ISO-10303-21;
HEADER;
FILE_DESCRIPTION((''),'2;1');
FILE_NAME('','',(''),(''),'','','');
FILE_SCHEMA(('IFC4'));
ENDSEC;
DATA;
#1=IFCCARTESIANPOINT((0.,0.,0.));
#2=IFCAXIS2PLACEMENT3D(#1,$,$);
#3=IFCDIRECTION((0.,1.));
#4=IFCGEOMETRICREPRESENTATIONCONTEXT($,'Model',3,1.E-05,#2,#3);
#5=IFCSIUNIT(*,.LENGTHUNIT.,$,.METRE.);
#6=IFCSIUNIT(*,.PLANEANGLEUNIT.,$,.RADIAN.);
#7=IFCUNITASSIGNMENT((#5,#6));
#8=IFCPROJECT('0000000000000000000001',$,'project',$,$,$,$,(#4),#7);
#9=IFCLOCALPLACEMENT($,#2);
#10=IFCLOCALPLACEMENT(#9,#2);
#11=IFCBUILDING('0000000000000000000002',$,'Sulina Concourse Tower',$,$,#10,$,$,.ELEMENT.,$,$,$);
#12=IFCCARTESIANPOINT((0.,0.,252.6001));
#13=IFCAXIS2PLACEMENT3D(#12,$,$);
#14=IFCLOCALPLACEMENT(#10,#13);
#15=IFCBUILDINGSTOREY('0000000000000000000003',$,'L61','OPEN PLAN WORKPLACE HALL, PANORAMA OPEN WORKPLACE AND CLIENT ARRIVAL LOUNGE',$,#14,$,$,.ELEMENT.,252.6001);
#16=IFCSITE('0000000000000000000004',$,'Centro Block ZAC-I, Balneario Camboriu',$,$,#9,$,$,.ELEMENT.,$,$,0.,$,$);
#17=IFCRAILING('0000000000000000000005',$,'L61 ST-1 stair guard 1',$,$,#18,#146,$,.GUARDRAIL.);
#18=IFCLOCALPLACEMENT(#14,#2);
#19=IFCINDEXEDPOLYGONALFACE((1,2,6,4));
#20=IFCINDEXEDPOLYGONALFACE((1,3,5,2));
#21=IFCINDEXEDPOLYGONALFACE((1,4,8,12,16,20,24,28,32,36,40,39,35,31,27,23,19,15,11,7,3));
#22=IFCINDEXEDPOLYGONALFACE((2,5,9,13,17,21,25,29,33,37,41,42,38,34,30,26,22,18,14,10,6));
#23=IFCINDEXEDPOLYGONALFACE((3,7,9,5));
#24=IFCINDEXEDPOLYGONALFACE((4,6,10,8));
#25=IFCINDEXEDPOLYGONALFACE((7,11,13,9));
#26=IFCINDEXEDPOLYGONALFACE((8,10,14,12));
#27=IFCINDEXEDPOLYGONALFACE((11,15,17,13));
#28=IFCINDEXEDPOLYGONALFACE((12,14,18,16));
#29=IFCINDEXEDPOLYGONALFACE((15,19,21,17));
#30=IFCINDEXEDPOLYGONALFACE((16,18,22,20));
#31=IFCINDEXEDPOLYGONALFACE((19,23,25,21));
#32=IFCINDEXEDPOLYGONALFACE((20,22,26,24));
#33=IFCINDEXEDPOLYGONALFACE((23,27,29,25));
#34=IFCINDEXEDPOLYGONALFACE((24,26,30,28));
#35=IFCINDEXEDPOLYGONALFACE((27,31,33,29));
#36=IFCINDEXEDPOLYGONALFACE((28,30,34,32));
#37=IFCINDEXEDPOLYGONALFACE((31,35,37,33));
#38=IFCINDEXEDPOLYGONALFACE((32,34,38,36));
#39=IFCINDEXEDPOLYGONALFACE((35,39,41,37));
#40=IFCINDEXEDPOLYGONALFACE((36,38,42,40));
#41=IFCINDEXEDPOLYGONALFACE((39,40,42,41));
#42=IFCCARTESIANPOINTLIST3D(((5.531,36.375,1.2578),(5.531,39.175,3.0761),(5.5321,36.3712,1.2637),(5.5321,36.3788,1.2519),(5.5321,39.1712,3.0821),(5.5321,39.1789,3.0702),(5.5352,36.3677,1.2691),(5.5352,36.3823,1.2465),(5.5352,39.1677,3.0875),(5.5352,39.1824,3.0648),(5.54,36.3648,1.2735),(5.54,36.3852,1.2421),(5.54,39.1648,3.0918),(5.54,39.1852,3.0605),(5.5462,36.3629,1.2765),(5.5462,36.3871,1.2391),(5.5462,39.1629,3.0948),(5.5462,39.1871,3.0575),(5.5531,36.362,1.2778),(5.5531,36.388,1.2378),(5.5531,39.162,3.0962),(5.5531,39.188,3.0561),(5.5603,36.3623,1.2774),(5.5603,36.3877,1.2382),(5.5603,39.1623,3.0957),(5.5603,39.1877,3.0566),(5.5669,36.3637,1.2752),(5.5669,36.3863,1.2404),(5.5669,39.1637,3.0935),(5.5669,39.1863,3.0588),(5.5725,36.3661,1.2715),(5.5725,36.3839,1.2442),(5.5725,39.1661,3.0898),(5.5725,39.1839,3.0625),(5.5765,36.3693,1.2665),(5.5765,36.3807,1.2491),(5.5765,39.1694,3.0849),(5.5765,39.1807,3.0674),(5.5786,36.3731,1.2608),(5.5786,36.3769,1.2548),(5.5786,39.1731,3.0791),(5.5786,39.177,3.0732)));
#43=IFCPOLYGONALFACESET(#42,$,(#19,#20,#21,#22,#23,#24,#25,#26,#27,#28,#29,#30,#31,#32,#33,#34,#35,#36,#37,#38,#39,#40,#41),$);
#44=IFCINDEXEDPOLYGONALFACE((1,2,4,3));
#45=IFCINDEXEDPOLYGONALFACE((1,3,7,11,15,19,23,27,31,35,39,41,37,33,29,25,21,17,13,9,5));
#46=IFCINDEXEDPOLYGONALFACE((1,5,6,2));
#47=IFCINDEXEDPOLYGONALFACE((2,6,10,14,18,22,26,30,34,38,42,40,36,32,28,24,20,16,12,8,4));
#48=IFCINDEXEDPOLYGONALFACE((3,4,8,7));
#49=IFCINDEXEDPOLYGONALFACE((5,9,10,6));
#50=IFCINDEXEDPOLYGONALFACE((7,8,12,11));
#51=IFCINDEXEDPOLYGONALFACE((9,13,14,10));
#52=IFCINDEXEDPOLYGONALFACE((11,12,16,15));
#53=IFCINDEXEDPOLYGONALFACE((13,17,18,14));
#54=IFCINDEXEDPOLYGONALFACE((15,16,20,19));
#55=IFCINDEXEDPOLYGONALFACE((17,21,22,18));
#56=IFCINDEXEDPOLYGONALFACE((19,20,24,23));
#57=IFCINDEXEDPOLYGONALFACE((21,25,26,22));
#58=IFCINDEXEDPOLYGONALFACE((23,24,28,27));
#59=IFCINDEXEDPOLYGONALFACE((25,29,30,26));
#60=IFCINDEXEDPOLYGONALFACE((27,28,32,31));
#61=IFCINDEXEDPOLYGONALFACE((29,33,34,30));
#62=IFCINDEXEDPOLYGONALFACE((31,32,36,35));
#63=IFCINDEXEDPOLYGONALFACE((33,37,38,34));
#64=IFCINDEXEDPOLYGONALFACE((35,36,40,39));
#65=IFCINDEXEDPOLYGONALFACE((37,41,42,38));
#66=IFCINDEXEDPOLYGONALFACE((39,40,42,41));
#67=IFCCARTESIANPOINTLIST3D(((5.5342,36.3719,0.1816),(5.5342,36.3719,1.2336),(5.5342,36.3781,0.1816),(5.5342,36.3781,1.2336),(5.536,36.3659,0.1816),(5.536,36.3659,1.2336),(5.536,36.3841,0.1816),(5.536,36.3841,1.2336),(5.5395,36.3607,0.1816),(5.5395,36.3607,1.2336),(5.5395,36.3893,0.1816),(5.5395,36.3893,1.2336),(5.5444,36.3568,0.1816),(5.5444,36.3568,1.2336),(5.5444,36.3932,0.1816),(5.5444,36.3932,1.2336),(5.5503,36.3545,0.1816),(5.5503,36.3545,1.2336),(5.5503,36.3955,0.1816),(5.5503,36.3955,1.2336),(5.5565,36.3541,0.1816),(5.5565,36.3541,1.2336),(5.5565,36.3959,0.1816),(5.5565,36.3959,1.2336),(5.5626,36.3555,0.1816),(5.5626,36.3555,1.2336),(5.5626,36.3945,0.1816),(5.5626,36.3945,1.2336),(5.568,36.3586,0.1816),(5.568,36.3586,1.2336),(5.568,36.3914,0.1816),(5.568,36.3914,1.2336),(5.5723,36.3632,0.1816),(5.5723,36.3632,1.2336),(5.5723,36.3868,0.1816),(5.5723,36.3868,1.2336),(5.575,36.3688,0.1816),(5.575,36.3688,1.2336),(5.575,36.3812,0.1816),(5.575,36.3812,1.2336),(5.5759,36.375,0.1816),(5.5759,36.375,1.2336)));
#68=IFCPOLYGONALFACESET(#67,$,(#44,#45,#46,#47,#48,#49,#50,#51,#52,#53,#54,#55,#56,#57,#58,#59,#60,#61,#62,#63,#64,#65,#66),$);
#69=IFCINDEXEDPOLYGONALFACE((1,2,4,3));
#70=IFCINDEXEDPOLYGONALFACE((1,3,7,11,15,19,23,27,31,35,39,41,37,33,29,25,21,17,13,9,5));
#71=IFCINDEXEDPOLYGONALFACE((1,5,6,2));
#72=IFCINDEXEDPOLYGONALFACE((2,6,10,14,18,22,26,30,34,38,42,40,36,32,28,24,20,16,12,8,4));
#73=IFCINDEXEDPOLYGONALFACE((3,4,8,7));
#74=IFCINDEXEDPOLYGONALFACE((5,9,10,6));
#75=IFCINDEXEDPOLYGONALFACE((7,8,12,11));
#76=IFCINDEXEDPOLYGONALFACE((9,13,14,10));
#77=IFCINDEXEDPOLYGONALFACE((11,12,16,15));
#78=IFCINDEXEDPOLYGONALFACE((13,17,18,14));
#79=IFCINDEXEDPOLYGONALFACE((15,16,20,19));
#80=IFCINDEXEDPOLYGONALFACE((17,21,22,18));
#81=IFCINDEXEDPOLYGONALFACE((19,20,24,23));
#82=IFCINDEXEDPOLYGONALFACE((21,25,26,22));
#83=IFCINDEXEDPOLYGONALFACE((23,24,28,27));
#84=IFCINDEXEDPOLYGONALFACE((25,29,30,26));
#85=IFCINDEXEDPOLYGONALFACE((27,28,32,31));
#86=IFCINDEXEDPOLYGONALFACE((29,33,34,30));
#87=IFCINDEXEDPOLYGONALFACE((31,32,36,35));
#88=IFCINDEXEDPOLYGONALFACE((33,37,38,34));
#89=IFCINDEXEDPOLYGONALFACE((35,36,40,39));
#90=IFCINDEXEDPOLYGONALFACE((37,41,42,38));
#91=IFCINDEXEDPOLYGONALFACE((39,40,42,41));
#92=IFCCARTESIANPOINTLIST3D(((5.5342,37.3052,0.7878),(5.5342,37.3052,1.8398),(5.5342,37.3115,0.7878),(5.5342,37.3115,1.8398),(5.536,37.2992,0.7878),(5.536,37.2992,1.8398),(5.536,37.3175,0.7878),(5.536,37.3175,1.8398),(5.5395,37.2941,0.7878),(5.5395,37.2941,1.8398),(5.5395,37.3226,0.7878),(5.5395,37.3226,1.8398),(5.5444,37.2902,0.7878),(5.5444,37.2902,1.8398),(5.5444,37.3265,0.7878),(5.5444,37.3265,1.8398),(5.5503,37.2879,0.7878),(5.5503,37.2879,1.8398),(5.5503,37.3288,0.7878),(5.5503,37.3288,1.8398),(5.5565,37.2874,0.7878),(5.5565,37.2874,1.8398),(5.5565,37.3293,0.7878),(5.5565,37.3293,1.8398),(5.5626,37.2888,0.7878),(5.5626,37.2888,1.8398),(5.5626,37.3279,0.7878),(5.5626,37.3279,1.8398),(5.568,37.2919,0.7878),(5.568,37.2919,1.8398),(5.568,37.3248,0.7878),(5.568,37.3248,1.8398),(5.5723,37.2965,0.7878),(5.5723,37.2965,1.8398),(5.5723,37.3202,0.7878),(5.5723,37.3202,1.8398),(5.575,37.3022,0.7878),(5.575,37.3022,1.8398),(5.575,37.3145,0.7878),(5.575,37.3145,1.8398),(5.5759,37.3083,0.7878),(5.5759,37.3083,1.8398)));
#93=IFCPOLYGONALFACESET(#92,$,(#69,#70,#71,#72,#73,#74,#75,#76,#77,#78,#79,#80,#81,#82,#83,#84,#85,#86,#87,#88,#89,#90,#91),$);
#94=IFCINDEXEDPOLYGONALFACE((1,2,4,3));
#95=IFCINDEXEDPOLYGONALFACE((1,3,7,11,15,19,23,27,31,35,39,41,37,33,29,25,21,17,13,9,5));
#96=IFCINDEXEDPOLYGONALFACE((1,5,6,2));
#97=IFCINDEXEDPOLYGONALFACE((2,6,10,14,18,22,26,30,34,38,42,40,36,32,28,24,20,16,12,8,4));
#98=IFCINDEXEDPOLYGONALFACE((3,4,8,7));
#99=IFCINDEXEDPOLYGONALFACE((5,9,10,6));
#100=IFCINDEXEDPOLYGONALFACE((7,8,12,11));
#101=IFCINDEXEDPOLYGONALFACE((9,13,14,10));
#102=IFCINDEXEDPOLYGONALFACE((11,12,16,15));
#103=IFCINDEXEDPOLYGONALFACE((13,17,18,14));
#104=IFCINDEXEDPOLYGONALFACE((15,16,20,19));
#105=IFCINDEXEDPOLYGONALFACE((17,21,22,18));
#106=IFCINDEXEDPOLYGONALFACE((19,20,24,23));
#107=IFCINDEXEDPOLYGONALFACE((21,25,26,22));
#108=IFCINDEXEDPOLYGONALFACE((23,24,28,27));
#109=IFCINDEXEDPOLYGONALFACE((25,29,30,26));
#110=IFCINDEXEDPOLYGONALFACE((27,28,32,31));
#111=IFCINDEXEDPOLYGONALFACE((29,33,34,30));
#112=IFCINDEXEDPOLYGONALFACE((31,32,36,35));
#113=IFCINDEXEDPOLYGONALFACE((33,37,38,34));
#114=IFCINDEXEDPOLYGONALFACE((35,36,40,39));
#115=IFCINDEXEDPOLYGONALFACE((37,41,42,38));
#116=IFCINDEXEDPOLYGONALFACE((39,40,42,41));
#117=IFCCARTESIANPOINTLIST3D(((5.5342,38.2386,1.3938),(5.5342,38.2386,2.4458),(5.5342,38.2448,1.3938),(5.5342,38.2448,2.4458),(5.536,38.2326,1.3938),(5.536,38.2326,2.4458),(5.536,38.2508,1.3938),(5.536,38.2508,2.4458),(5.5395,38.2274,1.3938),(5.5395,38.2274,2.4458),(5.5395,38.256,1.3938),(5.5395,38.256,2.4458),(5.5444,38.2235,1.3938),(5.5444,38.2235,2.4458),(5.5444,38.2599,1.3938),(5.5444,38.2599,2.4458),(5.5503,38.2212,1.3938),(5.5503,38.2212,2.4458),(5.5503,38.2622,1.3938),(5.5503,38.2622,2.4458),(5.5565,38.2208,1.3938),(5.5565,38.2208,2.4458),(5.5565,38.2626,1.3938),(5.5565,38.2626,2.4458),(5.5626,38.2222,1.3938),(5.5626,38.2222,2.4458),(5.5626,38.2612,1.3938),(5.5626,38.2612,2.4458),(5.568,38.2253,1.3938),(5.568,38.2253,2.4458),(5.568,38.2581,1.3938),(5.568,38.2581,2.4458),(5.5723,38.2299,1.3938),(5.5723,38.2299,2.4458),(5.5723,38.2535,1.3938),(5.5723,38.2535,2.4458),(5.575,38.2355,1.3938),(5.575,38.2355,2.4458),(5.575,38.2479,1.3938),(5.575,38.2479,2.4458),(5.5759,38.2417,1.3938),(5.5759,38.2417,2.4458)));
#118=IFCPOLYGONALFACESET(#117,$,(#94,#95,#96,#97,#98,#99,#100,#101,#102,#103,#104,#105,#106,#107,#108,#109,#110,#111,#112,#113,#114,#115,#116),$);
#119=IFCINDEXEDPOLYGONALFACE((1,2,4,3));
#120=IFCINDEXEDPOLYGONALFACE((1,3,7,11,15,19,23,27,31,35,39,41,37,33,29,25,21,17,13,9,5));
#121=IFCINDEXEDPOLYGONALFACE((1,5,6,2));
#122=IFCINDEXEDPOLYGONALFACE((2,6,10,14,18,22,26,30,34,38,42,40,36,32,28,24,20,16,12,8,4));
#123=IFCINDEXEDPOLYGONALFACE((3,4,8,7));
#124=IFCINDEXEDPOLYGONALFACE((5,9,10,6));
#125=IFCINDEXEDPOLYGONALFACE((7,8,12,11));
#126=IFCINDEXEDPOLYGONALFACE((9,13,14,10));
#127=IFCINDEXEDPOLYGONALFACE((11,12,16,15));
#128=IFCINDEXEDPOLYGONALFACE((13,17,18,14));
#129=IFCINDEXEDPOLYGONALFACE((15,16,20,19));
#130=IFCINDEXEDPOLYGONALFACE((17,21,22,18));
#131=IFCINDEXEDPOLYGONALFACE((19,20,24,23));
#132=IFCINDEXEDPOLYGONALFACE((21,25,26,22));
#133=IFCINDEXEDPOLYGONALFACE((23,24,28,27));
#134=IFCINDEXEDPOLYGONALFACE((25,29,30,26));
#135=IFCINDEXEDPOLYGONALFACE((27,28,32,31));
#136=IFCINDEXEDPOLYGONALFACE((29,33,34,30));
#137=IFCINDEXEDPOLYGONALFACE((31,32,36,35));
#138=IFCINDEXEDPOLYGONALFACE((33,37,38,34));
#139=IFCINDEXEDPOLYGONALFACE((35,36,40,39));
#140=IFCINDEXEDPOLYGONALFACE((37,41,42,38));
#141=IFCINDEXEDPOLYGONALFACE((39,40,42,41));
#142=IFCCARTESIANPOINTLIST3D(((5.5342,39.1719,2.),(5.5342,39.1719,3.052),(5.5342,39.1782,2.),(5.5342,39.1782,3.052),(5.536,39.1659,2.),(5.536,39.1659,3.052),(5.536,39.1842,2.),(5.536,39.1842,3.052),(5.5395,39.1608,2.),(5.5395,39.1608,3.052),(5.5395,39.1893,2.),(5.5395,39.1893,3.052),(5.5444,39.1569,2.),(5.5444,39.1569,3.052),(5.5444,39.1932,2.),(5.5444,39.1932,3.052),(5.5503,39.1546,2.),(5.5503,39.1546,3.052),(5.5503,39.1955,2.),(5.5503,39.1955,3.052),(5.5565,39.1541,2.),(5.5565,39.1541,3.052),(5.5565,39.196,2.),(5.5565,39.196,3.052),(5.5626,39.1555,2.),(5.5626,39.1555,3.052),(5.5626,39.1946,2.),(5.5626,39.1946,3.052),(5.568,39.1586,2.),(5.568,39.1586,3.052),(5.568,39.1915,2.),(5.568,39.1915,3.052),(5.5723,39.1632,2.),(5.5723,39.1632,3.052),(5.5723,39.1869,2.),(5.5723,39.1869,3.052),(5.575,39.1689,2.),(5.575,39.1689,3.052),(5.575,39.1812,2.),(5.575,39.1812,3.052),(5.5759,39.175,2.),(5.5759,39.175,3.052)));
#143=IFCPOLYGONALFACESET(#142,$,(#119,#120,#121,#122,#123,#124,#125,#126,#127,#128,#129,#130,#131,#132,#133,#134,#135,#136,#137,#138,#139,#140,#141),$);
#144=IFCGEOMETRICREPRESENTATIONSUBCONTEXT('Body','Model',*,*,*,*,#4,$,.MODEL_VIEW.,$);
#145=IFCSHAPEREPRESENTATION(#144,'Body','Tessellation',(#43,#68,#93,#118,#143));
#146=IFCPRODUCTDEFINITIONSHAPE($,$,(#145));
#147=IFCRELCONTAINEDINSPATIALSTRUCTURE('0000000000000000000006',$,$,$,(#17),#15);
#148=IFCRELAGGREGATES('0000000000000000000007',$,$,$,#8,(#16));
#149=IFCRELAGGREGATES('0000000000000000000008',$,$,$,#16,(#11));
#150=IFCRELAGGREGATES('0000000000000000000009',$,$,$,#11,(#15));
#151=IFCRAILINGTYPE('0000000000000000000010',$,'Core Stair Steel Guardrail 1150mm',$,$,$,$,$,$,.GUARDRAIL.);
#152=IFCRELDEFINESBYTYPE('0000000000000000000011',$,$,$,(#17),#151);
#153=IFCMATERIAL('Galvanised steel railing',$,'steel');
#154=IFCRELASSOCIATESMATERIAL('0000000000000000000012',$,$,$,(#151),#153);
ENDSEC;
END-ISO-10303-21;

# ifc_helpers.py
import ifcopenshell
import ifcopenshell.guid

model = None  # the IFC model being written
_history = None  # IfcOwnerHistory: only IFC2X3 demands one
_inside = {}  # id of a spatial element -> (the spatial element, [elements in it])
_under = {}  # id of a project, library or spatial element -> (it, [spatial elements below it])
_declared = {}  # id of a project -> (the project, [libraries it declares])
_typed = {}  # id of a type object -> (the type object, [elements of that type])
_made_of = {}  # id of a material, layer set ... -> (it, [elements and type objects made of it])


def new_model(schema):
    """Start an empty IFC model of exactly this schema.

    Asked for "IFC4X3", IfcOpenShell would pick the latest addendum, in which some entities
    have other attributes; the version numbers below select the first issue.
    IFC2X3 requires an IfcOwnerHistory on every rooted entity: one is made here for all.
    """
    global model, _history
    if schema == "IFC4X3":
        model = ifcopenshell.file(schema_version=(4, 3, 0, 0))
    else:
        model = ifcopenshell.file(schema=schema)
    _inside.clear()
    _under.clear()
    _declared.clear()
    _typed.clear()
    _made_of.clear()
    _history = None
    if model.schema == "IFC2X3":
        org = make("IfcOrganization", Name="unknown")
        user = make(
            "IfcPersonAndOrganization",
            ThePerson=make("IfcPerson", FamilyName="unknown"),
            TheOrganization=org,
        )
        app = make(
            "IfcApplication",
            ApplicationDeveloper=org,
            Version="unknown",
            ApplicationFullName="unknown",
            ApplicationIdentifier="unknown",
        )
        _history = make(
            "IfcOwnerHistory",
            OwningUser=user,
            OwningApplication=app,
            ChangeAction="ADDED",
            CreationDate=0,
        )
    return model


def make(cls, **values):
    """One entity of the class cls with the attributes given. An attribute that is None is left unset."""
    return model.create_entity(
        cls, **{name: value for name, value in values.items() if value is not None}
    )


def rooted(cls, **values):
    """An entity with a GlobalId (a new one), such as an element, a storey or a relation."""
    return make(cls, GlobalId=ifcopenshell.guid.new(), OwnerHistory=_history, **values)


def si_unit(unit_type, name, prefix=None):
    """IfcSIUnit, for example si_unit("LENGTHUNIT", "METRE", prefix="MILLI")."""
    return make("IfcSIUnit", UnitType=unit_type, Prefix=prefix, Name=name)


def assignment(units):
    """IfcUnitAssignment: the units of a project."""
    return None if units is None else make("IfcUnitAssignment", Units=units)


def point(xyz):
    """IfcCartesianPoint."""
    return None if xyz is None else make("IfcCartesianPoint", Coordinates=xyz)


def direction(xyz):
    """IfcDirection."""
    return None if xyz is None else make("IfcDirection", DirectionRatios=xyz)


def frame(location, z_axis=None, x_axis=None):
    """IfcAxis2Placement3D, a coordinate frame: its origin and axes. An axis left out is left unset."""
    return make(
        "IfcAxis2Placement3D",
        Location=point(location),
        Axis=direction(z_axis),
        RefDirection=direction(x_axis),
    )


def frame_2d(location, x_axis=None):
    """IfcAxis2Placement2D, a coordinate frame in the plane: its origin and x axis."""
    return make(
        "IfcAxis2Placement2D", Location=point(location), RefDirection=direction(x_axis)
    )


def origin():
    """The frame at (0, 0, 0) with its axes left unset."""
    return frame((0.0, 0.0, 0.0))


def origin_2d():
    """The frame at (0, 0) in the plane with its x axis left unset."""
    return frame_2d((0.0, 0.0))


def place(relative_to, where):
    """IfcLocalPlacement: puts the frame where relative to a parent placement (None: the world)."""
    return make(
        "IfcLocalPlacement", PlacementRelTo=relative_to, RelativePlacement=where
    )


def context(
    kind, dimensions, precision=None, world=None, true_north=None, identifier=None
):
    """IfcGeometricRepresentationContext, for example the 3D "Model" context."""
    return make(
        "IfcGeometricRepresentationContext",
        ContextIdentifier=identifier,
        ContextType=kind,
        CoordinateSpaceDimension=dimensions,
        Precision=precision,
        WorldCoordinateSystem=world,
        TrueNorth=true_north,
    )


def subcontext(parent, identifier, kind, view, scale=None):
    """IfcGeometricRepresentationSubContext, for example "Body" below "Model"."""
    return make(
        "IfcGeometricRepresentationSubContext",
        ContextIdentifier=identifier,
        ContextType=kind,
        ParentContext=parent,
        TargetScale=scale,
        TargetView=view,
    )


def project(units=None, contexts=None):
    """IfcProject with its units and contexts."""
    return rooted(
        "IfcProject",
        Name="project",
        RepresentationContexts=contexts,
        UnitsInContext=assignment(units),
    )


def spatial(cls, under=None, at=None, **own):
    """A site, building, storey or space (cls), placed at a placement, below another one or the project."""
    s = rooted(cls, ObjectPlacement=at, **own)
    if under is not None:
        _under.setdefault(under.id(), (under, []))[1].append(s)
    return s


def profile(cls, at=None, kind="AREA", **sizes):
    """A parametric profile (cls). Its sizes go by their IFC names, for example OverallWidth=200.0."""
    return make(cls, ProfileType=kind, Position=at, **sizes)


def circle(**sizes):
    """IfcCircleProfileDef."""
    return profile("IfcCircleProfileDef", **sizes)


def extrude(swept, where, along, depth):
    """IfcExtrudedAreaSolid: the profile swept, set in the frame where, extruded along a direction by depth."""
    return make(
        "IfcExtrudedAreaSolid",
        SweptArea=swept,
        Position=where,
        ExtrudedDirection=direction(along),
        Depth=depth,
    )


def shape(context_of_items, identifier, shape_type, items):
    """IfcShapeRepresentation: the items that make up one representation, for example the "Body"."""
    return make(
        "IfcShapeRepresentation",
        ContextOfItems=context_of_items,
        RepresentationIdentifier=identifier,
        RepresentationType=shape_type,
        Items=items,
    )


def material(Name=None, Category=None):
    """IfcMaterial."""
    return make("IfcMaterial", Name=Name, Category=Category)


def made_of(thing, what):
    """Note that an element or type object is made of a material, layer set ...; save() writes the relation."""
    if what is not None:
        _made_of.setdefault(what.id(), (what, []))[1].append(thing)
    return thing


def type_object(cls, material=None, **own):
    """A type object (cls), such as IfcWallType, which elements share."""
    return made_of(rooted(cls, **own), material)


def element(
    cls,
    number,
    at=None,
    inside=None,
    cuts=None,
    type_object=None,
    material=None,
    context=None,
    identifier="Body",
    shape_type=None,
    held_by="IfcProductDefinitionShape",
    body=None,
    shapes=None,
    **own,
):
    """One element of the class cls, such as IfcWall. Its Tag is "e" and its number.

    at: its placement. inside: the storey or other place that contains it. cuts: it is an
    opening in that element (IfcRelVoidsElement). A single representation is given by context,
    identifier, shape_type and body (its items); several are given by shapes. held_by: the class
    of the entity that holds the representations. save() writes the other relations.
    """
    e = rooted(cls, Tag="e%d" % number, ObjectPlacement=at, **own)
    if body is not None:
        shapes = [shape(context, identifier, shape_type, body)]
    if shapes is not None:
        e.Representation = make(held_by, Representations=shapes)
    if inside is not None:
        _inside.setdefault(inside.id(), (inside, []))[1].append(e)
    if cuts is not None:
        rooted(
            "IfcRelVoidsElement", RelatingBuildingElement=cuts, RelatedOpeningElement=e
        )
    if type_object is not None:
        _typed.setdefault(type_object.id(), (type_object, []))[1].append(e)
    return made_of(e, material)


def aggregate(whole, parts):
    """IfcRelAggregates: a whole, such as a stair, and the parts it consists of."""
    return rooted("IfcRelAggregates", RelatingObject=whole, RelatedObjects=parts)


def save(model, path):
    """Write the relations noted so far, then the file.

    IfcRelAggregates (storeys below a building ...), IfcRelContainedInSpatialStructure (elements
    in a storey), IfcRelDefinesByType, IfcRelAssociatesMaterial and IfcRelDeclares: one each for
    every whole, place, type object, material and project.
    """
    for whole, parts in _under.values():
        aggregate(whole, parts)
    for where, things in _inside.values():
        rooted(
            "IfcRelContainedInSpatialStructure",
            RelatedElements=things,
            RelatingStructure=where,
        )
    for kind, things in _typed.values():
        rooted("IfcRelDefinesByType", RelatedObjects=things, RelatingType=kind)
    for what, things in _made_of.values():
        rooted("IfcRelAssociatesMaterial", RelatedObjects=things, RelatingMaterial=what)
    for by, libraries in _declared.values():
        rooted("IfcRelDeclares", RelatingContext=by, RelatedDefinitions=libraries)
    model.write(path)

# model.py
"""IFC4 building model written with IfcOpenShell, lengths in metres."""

from ifc_helpers import new_model, si_unit, direction, frame, origin, origin_2d, place, context, subcontext, project, spatial, circle, extrude, material, type_object, element, save


model = new_model("IFC4")

# Units and contexts
model_context = context("Model", 3, precision=1e-05, world=origin(), true_north=direction((0.0, 1.0)))
body_context = subcontext(model_context, "Body", "Model", "MODEL_VIEW")
ifc_project = project(units=[si_unit("LENGTHUNIT", "METRE"), si_unit("PLANEANGLEUNIT", "RADIAN")], contexts=[model_context])

# Site, building, storey
site_placement = place(None, origin())
site = spatial("IfcSite", under=ifc_project, at=site_placement, Name="Centro Block ZAC-I, Balneario Camboriu", CompositionType="ELEMENT", RefElevation=0.0)
building_placement = place(site_placement, origin())
building = spatial("IfcBuilding", under=site, at=building_placement, Name="Sulina Concourse Tower", CompositionType="ELEMENT")
storey_placement = place(building_placement, frame((0.0, 0.0, 252.6001)))
storey = spatial("IfcBuildingStorey", under=building, at=storey_placement, Name="L61", Description="OPEN PLAN WORKPLACE HALL, PANORAMA OPEN WORKPLACE AND CLIENT ARRIVAL LOUNGE", CompositionType="ELEMENT", Elevation=252.6001)

# Railing
ifc_material_1 = material(Name="Galvanised steel railing", Category="steel")
railing_type_1 = type_object("IfcRailingType", Name="Core Stair Steel Guardrail 1150mm", PredefinedType="GUARDRAIL", material=ifc_material_1)
railing_1_placement = place(storey_placement, frame((5.5549, 36.375, 0.1816)))
element("IfcRailing", 1, at=railing_1_placement, inside=storey, type_object=railing_type_1, Name="L61 ST-1 stair guard 1", PredefinedType="GUARDRAIL", context=body_context, shape_type="SweptSolid", body=[
    extrude(circle(Radius=0.0239, at=origin_2d()), frame((0.0, 0.0, 1.0762), z_axis=(0.0, 0.838672, 0.544636), x_axis=(-1.0, 0.0, 0.0)), (0.0, 0.0, 1.0), 3.3386),
    extrude(circle(Radius=0.021, at=origin_2d()), origin(), (0.0, 0.0, 1.0), 1.052),
    extrude(circle(Radius=0.021, at=origin_2d()), frame((0.0, 0.9333, 0.6062)), (0.0, 0.0, 1.0), 1.052),
    extrude(circle(Radius=0.021, at=origin_2d()), frame((0.0, 1.8667, 1.2122)), (0.0, 0.0, 1.0), 1.052),
    extrude(circle(Radius=0.021, at=origin_2d()), frame((0.0, 2.8, 1.8184)), (0.0, 0.0, 1.0), 1.052),
])

save(model, "model.ifc")
